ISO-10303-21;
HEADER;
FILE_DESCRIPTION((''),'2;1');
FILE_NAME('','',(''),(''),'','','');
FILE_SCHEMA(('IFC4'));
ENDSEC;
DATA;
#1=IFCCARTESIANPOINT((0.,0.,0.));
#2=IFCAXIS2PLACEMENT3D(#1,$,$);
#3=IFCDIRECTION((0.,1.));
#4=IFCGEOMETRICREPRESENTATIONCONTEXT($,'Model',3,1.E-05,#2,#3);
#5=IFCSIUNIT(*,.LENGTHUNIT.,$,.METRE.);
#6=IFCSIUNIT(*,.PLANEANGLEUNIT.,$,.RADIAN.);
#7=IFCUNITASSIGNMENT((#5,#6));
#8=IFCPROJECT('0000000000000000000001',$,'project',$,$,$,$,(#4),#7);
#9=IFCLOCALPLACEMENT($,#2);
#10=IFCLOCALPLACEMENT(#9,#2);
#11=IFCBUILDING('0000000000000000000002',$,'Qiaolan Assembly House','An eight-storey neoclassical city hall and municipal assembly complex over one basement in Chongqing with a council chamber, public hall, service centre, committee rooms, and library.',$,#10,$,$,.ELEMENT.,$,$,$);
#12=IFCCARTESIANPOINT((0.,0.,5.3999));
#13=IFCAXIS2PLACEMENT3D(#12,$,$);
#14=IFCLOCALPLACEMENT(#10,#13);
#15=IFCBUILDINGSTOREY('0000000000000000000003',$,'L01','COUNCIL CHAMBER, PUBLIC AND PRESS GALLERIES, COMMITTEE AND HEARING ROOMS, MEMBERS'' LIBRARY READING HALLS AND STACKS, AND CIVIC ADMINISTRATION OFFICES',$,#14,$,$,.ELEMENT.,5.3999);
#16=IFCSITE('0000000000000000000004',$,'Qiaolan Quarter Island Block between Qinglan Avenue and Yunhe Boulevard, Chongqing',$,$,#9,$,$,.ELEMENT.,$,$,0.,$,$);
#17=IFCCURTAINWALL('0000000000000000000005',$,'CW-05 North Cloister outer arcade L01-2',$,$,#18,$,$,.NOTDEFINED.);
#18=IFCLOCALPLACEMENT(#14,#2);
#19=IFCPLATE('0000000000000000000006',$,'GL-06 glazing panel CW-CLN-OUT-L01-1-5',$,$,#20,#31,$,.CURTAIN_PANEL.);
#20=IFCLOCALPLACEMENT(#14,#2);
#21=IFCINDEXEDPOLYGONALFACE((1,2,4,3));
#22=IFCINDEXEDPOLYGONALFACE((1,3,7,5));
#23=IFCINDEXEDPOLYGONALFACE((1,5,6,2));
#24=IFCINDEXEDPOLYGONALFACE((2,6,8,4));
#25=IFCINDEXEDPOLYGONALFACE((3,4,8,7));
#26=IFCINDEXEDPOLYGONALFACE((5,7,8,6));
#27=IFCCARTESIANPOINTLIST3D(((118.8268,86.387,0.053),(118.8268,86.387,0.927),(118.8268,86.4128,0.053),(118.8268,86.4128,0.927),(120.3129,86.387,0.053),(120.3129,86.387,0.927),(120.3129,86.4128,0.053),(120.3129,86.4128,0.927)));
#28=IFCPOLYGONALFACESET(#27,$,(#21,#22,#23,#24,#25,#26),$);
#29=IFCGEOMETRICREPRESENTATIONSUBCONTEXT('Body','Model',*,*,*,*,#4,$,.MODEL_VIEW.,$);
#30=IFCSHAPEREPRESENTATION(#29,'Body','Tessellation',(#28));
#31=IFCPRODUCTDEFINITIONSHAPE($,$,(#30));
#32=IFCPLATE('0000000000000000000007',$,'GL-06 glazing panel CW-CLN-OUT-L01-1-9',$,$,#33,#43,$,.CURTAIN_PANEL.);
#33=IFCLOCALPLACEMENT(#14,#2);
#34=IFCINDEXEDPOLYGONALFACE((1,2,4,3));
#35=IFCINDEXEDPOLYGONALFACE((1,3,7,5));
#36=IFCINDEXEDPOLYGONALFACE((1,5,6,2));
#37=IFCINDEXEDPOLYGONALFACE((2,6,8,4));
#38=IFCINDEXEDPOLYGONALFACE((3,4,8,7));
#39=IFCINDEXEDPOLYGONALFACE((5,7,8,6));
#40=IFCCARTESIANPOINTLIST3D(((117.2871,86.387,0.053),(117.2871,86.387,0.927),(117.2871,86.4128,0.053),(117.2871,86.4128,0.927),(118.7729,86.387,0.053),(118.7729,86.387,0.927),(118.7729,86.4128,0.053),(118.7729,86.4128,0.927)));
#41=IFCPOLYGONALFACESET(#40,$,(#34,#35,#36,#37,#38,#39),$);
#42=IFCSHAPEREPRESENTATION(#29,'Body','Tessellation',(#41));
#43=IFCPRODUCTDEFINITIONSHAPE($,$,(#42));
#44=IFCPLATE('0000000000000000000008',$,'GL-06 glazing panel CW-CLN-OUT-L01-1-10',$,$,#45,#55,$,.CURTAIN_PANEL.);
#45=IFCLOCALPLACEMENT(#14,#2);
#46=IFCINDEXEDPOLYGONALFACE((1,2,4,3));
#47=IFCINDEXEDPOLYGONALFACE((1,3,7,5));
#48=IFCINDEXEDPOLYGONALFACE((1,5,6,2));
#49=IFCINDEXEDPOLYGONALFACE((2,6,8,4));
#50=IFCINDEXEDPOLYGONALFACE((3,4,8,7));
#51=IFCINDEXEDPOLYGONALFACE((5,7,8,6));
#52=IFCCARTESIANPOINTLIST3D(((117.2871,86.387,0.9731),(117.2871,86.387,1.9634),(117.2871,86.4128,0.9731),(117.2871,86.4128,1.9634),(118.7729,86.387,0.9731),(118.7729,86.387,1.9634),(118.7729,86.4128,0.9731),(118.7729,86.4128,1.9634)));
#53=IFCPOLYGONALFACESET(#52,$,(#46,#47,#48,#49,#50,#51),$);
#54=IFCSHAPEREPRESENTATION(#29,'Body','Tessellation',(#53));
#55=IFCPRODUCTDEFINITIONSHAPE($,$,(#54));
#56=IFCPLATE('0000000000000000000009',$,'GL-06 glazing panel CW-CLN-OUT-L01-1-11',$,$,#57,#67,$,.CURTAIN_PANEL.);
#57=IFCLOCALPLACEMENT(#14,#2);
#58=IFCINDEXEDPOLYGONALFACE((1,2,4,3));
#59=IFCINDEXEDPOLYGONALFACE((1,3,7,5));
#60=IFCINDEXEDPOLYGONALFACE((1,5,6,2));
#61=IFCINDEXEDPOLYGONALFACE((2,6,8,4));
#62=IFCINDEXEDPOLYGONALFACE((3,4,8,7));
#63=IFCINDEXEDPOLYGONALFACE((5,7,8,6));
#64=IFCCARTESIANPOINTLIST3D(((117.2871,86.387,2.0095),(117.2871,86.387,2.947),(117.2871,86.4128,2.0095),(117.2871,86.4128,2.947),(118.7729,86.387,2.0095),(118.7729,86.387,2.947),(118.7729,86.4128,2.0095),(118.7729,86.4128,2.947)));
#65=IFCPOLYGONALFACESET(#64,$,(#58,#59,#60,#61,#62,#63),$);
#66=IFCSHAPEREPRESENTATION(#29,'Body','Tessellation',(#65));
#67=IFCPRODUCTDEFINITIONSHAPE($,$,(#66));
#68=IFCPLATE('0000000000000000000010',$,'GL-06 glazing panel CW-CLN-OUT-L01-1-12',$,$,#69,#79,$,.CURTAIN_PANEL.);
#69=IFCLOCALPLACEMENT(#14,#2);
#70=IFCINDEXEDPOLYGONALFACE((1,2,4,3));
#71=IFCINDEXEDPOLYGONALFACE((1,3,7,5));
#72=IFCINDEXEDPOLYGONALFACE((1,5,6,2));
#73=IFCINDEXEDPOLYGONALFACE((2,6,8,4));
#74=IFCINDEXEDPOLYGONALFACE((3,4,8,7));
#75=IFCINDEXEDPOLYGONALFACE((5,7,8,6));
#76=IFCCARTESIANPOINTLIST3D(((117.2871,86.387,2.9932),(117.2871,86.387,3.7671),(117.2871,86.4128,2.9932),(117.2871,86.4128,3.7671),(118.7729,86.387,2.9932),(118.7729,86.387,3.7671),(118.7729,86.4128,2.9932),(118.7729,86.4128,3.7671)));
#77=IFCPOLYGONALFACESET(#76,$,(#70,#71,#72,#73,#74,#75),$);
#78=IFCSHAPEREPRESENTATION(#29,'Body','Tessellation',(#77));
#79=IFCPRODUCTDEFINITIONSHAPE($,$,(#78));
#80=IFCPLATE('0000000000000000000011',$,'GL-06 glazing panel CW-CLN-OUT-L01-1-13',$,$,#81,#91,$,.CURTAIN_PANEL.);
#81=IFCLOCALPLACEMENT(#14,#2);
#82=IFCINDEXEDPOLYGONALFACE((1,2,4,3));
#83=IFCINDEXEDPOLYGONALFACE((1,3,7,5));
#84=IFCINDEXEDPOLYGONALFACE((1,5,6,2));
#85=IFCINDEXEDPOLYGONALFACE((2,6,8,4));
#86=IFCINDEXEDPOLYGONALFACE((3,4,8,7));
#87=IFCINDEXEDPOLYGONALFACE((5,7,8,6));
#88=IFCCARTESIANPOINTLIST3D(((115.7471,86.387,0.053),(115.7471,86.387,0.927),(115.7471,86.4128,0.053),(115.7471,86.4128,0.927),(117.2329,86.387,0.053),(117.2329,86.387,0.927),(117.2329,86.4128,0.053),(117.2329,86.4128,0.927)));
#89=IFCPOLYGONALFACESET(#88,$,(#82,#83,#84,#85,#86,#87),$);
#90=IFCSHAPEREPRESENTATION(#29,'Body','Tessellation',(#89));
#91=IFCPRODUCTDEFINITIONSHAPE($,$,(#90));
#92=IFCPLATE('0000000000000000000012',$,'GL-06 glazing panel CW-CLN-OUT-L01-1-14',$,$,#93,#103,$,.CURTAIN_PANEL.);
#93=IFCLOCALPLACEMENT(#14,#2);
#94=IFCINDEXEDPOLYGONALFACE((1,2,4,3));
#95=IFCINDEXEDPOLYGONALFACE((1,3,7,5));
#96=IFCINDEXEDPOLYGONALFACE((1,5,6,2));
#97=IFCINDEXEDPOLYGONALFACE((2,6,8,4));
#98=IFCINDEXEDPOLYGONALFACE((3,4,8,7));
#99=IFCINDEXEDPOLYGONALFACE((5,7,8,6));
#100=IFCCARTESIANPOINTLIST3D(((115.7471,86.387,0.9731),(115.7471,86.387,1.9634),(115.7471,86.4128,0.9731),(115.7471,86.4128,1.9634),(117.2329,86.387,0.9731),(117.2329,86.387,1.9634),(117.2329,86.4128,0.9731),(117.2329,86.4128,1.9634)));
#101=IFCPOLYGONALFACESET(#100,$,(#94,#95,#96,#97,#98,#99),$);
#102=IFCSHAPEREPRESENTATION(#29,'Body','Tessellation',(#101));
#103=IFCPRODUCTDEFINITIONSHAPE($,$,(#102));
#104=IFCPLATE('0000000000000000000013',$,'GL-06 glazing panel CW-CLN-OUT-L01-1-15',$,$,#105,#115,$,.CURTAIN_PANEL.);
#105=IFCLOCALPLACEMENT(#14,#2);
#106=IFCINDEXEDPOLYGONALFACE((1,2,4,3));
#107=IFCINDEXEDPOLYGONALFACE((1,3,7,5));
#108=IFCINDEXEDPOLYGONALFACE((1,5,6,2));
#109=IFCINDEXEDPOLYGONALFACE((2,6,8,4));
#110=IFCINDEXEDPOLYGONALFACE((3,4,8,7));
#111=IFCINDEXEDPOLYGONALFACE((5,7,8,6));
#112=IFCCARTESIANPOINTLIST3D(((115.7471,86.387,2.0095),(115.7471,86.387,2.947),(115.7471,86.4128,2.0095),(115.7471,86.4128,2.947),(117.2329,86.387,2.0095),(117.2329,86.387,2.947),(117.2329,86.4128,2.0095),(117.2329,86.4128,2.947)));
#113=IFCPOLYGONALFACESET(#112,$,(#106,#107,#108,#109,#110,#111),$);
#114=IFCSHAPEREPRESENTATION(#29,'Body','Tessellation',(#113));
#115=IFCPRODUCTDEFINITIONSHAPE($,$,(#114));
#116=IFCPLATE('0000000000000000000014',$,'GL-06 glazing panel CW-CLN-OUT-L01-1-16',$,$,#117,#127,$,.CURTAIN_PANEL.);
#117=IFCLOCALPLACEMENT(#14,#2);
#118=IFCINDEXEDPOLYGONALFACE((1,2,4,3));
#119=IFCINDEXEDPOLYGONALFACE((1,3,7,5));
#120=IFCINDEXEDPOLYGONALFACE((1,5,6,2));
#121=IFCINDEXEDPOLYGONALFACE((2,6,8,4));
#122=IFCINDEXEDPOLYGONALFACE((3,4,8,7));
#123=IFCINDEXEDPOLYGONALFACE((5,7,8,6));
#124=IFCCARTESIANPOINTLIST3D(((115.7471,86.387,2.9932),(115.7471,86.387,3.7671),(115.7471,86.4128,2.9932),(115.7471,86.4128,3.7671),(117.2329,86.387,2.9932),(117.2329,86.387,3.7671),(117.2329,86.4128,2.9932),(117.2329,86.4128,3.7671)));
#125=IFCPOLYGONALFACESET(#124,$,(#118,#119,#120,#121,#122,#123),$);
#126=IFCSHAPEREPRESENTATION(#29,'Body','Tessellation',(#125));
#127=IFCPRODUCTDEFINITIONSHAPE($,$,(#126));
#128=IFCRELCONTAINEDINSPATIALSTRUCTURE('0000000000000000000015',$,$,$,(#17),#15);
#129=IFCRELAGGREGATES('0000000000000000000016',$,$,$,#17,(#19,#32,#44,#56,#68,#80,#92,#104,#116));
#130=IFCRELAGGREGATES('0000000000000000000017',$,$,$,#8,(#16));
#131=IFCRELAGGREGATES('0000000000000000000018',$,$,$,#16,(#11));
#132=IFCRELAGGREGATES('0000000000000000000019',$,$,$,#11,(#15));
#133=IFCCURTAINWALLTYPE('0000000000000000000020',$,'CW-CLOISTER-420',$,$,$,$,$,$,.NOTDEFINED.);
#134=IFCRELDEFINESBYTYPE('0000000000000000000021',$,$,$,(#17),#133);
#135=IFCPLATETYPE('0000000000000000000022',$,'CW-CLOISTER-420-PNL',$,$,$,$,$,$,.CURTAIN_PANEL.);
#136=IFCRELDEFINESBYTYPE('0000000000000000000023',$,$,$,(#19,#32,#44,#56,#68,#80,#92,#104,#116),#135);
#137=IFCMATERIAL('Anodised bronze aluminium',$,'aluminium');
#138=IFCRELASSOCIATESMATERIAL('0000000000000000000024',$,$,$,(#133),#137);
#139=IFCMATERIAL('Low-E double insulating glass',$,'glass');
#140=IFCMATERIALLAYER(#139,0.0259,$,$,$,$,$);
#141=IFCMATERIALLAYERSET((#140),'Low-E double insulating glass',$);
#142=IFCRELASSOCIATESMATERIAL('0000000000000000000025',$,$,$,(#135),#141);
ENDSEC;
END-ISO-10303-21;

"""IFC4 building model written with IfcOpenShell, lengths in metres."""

from ifc_helpers import new_model, si_unit, direction, frame, frame_2d, origin, place, context, subcontext, project, spatial, rectangle, extrude, material, layer, layer_set, type_object, element, aggregate, save


model = new_model("IFC4")

# Units and contexts
model_context = context("Model", 3, precision=1e-05, world=origin(), true_north=direction((0.0, 1.0)))
body_context = subcontext(model_context, "Body", "Model", "MODEL_VIEW")
ifc_project = project(units=[si_unit("LENGTHUNIT", "METRE"), si_unit("PLANEANGLEUNIT", "RADIAN")], contexts=[model_context])

# Site, building, storey
site_placement = place(None, origin())
site = spatial("IfcSite", under=ifc_project, at=site_placement, Name="Qiaolan Quarter Island Block between Qinglan Avenue and Yunhe Boulevard, Chongqing", CompositionType="ELEMENT", RefElevation=0.0)
building_placement = place(site_placement, origin())
building = spatial("IfcBuilding", under=site, at=building_placement, Name="Qiaolan Assembly House", Description="An eight-storey neoclassical city hall and municipal assembly complex over one basement in Chongqing with a council chamber, public hall, service centre, committee rooms, and library.", CompositionType="ELEMENT")
storey_placement = place(building_placement, frame((0.0, 0.0, 5.3999)))
storey = spatial("IfcBuildingStorey", under=building, at=storey_placement, Name="L01", Description="COUNCIL CHAMBER, PUBLIC AND PRESS GALLERIES, COMMITTEE AND HEARING ROOMS, MEMBERS' LIBRARY READING HALLS AND STACKS, AND CIVIC ADMINISTRATION OFFICES", CompositionType="ELEMENT", Elevation=5.3999)

# Curtain wall, plates
ifc_material_1 = material(Name="Anodised bronze aluminium", Category="aluminium")
curtain_wall_type = type_object("IfcCurtainWallType", Name="CW-CLOISTER-420", PredefinedType="NOTDEFINED", material=ifc_material_1)
curtain_wall_placement = place(storey_placement, origin())
curtain_wall = element("IfcCurtainWall", 1, at=curtain_wall_placement, inside=storey, type_object=curtain_wall_type, Name="CW-05 North Cloister outer arcade L01-2", PredefinedType="NOTDEFINED")
ifc_material_2 = material(Name="Low-E double insulating glass", Category="glass")
ifc_layer = layer(ifc_material_2, 0.0259)
ifc_layer_set = layer_set([ifc_layer], Name="Low-E double insulating glass")
plate_type = type_object("IfcPlateType", Name="CW-CLOISTER-420-PNL", PredefinedType="CURTAIN_PANEL", material=ifc_layer_set)
plate_1_placement = place(storey_placement, frame((120.313, 86.3999, 0.053), z_axis=(0.0, 0.0, 1.0), x_axis=(-1.0, 0.0, 0.0)))
plate_1 = element("IfcPlate", 2, at=plate_1_placement, type_object=plate_type, Name="GL-06 glazing panel CW-CLN-OUT-L01-1-5", PredefinedType="CURTAIN_PANEL", context=body_context, shape_type="SweptSolid", body=[
    extrude(rectangle(XDim=1.4861, YDim=0.0259, at=frame_2d((0.7432, 0.0))), origin(), (0.0, 0.0, 1.0), 0.874),
])
plate_2_placement = place(storey_placement, frame((118.7729, 86.3999, 0.053), z_axis=(0.0, 0.0, 1.0), x_axis=(-1.0, 0.0, 0.0)))
plate_2 = element("IfcPlate", 3, at=plate_2_placement, type_object=plate_type, Name="GL-06 glazing panel CW-CLN-OUT-L01-1-9", PredefinedType="CURTAIN_PANEL", context=body_context, shape_type="SweptSolid", body=[
    extrude(rectangle(XDim=1.4858, YDim=0.0259, at=frame_2d((0.7429, 0.0))), origin(), (0.0, 0.0, 1.0), 0.874),
])
plate_3_placement = place(storey_placement, frame((118.7729, 86.3999, 0.9731), z_axis=(0.0, 0.0, 1.0), x_axis=(-1.0, 0.0, 0.0)))
plate_3 = element("IfcPlate", 4, at=plate_3_placement, type_object=plate_type, Name="GL-06 glazing panel CW-CLN-OUT-L01-1-10", PredefinedType="CURTAIN_PANEL", context=body_context, shape_type="SweptSolid", body=[
    extrude(rectangle(XDim=1.4858, YDim=0.0259, at=frame_2d((0.7429, 0.0))), origin(), (0.0, 0.0, 1.0), 0.9902),
])
plate_4_placement = place(storey_placement, frame((118.7729, 86.3999, 2.0095), z_axis=(0.0, 0.0, 1.0), x_axis=(-1.0, 0.0, 0.0)))
plate_4 = element("IfcPlate", 5, at=plate_4_placement, type_object=plate_type, Name="GL-06 glazing panel CW-CLN-OUT-L01-1-11", PredefinedType="CURTAIN_PANEL", context=body_context, shape_type="SweptSolid", body=[
    extrude(rectangle(XDim=1.4858, YDim=0.0259, at=frame_2d((0.7429, 0.0))), origin(), (0.0, 0.0, 1.0), 0.9375),
])
plate_5_placement = place(storey_placement, frame((118.7729, 86.3999, 2.9932), z_axis=(0.0, 0.0, 1.0), x_axis=(-1.0, 0.0, 0.0)))
plate_5 = element("IfcPlate", 6, at=plate_5_placement, type_object=plate_type, Name="GL-06 glazing panel CW-CLN-OUT-L01-1-12", PredefinedType="CURTAIN_PANEL", context=body_context, shape_type="SweptSolid", body=[
    extrude(rectangle(XDim=1.4858, YDim=0.0259, at=frame_2d((0.7429, 0.0))), origin(), (0.0, 0.0, 1.0), 0.7739),
])
plate_6_placement = place(storey_placement, frame((117.2329, 86.3999, 0.053), z_axis=(0.0, 0.0, 1.0), x_axis=(-1.0, 0.0, 0.0)))
plate_6 = element("IfcPlate", 7, at=plate_6_placement, type_object=plate_type, Name="GL-06 glazing panel CW-CLN-OUT-L01-1-13", PredefinedType="CURTAIN_PANEL", context=body_context, shape_type="SweptSolid", body=[
    extrude(rectangle(XDim=1.4858, YDim=0.0259, at=frame_2d((0.7429, 0.0))), origin(), (0.0, 0.0, 1.0), 0.874),
])
plate_7_placement = place(storey_placement, frame((117.2329, 86.3999, 0.9731), z_axis=(0.0, 0.0, 1.0), x_axis=(-1.0, 0.0, 0.0)))
plate_7 = element("IfcPlate", 8, at=plate_7_placement, type_object=plate_type, Name="GL-06 glazing panel CW-CLN-OUT-L01-1-14", PredefinedType="CURTAIN_PANEL", context=body_context, shape_type="SweptSolid", body=[
    extrude(rectangle(XDim=1.4858, YDim=0.0259, at=frame_2d((0.7429, 0.0))), origin(), (0.0, 0.0, 1.0), 0.9902),
])
plate_8_placement = place(storey_placement, frame((117.2329, 86.3999, 2.0095), z_axis=(0.0, 0.0, 1.0), x_axis=(-1.0, 0.0, 0.0)))
plate_8 = element("IfcPlate", 9, at=plate_8_placement, type_object=plate_type, Name="GL-06 glazing panel CW-CLN-OUT-L01-1-15", PredefinedType="CURTAIN_PANEL", context=body_context, shape_type="SweptSolid", body=[
    extrude(rectangle(XDim=1.4858, YDim=0.0259, at=frame_2d((0.7429, 0.0))), origin(), (0.0, 0.0, 1.0), 0.9375),
])
plate_9_placement = place(storey_placement, frame((117.2329, 86.3999, 2.9932), z_axis=(0.0, 0.0, 1.0), x_axis=(-1.0, 0.0, 0.0)))
plate_9 = element("IfcPlate", 10, at=plate_9_placement, type_object=plate_type, Name="GL-06 glazing panel CW-CLN-OUT-L01-1-16", PredefinedType="CURTAIN_PANEL", context=body_context, shape_type="SweptSolid", body=[
    extrude(rectangle(XDim=1.4858, YDim=0.0259, at=frame_2d((0.7429, 0.0))), origin(), (0.0, 0.0, 1.0), 0.7739),
])
aggregate(curtain_wall, [plate_1, plate_2, plate_3, plate_4, plate_5, plate_6, plate_7, plate_8, plate_9])

save(model, "model.ifc")
